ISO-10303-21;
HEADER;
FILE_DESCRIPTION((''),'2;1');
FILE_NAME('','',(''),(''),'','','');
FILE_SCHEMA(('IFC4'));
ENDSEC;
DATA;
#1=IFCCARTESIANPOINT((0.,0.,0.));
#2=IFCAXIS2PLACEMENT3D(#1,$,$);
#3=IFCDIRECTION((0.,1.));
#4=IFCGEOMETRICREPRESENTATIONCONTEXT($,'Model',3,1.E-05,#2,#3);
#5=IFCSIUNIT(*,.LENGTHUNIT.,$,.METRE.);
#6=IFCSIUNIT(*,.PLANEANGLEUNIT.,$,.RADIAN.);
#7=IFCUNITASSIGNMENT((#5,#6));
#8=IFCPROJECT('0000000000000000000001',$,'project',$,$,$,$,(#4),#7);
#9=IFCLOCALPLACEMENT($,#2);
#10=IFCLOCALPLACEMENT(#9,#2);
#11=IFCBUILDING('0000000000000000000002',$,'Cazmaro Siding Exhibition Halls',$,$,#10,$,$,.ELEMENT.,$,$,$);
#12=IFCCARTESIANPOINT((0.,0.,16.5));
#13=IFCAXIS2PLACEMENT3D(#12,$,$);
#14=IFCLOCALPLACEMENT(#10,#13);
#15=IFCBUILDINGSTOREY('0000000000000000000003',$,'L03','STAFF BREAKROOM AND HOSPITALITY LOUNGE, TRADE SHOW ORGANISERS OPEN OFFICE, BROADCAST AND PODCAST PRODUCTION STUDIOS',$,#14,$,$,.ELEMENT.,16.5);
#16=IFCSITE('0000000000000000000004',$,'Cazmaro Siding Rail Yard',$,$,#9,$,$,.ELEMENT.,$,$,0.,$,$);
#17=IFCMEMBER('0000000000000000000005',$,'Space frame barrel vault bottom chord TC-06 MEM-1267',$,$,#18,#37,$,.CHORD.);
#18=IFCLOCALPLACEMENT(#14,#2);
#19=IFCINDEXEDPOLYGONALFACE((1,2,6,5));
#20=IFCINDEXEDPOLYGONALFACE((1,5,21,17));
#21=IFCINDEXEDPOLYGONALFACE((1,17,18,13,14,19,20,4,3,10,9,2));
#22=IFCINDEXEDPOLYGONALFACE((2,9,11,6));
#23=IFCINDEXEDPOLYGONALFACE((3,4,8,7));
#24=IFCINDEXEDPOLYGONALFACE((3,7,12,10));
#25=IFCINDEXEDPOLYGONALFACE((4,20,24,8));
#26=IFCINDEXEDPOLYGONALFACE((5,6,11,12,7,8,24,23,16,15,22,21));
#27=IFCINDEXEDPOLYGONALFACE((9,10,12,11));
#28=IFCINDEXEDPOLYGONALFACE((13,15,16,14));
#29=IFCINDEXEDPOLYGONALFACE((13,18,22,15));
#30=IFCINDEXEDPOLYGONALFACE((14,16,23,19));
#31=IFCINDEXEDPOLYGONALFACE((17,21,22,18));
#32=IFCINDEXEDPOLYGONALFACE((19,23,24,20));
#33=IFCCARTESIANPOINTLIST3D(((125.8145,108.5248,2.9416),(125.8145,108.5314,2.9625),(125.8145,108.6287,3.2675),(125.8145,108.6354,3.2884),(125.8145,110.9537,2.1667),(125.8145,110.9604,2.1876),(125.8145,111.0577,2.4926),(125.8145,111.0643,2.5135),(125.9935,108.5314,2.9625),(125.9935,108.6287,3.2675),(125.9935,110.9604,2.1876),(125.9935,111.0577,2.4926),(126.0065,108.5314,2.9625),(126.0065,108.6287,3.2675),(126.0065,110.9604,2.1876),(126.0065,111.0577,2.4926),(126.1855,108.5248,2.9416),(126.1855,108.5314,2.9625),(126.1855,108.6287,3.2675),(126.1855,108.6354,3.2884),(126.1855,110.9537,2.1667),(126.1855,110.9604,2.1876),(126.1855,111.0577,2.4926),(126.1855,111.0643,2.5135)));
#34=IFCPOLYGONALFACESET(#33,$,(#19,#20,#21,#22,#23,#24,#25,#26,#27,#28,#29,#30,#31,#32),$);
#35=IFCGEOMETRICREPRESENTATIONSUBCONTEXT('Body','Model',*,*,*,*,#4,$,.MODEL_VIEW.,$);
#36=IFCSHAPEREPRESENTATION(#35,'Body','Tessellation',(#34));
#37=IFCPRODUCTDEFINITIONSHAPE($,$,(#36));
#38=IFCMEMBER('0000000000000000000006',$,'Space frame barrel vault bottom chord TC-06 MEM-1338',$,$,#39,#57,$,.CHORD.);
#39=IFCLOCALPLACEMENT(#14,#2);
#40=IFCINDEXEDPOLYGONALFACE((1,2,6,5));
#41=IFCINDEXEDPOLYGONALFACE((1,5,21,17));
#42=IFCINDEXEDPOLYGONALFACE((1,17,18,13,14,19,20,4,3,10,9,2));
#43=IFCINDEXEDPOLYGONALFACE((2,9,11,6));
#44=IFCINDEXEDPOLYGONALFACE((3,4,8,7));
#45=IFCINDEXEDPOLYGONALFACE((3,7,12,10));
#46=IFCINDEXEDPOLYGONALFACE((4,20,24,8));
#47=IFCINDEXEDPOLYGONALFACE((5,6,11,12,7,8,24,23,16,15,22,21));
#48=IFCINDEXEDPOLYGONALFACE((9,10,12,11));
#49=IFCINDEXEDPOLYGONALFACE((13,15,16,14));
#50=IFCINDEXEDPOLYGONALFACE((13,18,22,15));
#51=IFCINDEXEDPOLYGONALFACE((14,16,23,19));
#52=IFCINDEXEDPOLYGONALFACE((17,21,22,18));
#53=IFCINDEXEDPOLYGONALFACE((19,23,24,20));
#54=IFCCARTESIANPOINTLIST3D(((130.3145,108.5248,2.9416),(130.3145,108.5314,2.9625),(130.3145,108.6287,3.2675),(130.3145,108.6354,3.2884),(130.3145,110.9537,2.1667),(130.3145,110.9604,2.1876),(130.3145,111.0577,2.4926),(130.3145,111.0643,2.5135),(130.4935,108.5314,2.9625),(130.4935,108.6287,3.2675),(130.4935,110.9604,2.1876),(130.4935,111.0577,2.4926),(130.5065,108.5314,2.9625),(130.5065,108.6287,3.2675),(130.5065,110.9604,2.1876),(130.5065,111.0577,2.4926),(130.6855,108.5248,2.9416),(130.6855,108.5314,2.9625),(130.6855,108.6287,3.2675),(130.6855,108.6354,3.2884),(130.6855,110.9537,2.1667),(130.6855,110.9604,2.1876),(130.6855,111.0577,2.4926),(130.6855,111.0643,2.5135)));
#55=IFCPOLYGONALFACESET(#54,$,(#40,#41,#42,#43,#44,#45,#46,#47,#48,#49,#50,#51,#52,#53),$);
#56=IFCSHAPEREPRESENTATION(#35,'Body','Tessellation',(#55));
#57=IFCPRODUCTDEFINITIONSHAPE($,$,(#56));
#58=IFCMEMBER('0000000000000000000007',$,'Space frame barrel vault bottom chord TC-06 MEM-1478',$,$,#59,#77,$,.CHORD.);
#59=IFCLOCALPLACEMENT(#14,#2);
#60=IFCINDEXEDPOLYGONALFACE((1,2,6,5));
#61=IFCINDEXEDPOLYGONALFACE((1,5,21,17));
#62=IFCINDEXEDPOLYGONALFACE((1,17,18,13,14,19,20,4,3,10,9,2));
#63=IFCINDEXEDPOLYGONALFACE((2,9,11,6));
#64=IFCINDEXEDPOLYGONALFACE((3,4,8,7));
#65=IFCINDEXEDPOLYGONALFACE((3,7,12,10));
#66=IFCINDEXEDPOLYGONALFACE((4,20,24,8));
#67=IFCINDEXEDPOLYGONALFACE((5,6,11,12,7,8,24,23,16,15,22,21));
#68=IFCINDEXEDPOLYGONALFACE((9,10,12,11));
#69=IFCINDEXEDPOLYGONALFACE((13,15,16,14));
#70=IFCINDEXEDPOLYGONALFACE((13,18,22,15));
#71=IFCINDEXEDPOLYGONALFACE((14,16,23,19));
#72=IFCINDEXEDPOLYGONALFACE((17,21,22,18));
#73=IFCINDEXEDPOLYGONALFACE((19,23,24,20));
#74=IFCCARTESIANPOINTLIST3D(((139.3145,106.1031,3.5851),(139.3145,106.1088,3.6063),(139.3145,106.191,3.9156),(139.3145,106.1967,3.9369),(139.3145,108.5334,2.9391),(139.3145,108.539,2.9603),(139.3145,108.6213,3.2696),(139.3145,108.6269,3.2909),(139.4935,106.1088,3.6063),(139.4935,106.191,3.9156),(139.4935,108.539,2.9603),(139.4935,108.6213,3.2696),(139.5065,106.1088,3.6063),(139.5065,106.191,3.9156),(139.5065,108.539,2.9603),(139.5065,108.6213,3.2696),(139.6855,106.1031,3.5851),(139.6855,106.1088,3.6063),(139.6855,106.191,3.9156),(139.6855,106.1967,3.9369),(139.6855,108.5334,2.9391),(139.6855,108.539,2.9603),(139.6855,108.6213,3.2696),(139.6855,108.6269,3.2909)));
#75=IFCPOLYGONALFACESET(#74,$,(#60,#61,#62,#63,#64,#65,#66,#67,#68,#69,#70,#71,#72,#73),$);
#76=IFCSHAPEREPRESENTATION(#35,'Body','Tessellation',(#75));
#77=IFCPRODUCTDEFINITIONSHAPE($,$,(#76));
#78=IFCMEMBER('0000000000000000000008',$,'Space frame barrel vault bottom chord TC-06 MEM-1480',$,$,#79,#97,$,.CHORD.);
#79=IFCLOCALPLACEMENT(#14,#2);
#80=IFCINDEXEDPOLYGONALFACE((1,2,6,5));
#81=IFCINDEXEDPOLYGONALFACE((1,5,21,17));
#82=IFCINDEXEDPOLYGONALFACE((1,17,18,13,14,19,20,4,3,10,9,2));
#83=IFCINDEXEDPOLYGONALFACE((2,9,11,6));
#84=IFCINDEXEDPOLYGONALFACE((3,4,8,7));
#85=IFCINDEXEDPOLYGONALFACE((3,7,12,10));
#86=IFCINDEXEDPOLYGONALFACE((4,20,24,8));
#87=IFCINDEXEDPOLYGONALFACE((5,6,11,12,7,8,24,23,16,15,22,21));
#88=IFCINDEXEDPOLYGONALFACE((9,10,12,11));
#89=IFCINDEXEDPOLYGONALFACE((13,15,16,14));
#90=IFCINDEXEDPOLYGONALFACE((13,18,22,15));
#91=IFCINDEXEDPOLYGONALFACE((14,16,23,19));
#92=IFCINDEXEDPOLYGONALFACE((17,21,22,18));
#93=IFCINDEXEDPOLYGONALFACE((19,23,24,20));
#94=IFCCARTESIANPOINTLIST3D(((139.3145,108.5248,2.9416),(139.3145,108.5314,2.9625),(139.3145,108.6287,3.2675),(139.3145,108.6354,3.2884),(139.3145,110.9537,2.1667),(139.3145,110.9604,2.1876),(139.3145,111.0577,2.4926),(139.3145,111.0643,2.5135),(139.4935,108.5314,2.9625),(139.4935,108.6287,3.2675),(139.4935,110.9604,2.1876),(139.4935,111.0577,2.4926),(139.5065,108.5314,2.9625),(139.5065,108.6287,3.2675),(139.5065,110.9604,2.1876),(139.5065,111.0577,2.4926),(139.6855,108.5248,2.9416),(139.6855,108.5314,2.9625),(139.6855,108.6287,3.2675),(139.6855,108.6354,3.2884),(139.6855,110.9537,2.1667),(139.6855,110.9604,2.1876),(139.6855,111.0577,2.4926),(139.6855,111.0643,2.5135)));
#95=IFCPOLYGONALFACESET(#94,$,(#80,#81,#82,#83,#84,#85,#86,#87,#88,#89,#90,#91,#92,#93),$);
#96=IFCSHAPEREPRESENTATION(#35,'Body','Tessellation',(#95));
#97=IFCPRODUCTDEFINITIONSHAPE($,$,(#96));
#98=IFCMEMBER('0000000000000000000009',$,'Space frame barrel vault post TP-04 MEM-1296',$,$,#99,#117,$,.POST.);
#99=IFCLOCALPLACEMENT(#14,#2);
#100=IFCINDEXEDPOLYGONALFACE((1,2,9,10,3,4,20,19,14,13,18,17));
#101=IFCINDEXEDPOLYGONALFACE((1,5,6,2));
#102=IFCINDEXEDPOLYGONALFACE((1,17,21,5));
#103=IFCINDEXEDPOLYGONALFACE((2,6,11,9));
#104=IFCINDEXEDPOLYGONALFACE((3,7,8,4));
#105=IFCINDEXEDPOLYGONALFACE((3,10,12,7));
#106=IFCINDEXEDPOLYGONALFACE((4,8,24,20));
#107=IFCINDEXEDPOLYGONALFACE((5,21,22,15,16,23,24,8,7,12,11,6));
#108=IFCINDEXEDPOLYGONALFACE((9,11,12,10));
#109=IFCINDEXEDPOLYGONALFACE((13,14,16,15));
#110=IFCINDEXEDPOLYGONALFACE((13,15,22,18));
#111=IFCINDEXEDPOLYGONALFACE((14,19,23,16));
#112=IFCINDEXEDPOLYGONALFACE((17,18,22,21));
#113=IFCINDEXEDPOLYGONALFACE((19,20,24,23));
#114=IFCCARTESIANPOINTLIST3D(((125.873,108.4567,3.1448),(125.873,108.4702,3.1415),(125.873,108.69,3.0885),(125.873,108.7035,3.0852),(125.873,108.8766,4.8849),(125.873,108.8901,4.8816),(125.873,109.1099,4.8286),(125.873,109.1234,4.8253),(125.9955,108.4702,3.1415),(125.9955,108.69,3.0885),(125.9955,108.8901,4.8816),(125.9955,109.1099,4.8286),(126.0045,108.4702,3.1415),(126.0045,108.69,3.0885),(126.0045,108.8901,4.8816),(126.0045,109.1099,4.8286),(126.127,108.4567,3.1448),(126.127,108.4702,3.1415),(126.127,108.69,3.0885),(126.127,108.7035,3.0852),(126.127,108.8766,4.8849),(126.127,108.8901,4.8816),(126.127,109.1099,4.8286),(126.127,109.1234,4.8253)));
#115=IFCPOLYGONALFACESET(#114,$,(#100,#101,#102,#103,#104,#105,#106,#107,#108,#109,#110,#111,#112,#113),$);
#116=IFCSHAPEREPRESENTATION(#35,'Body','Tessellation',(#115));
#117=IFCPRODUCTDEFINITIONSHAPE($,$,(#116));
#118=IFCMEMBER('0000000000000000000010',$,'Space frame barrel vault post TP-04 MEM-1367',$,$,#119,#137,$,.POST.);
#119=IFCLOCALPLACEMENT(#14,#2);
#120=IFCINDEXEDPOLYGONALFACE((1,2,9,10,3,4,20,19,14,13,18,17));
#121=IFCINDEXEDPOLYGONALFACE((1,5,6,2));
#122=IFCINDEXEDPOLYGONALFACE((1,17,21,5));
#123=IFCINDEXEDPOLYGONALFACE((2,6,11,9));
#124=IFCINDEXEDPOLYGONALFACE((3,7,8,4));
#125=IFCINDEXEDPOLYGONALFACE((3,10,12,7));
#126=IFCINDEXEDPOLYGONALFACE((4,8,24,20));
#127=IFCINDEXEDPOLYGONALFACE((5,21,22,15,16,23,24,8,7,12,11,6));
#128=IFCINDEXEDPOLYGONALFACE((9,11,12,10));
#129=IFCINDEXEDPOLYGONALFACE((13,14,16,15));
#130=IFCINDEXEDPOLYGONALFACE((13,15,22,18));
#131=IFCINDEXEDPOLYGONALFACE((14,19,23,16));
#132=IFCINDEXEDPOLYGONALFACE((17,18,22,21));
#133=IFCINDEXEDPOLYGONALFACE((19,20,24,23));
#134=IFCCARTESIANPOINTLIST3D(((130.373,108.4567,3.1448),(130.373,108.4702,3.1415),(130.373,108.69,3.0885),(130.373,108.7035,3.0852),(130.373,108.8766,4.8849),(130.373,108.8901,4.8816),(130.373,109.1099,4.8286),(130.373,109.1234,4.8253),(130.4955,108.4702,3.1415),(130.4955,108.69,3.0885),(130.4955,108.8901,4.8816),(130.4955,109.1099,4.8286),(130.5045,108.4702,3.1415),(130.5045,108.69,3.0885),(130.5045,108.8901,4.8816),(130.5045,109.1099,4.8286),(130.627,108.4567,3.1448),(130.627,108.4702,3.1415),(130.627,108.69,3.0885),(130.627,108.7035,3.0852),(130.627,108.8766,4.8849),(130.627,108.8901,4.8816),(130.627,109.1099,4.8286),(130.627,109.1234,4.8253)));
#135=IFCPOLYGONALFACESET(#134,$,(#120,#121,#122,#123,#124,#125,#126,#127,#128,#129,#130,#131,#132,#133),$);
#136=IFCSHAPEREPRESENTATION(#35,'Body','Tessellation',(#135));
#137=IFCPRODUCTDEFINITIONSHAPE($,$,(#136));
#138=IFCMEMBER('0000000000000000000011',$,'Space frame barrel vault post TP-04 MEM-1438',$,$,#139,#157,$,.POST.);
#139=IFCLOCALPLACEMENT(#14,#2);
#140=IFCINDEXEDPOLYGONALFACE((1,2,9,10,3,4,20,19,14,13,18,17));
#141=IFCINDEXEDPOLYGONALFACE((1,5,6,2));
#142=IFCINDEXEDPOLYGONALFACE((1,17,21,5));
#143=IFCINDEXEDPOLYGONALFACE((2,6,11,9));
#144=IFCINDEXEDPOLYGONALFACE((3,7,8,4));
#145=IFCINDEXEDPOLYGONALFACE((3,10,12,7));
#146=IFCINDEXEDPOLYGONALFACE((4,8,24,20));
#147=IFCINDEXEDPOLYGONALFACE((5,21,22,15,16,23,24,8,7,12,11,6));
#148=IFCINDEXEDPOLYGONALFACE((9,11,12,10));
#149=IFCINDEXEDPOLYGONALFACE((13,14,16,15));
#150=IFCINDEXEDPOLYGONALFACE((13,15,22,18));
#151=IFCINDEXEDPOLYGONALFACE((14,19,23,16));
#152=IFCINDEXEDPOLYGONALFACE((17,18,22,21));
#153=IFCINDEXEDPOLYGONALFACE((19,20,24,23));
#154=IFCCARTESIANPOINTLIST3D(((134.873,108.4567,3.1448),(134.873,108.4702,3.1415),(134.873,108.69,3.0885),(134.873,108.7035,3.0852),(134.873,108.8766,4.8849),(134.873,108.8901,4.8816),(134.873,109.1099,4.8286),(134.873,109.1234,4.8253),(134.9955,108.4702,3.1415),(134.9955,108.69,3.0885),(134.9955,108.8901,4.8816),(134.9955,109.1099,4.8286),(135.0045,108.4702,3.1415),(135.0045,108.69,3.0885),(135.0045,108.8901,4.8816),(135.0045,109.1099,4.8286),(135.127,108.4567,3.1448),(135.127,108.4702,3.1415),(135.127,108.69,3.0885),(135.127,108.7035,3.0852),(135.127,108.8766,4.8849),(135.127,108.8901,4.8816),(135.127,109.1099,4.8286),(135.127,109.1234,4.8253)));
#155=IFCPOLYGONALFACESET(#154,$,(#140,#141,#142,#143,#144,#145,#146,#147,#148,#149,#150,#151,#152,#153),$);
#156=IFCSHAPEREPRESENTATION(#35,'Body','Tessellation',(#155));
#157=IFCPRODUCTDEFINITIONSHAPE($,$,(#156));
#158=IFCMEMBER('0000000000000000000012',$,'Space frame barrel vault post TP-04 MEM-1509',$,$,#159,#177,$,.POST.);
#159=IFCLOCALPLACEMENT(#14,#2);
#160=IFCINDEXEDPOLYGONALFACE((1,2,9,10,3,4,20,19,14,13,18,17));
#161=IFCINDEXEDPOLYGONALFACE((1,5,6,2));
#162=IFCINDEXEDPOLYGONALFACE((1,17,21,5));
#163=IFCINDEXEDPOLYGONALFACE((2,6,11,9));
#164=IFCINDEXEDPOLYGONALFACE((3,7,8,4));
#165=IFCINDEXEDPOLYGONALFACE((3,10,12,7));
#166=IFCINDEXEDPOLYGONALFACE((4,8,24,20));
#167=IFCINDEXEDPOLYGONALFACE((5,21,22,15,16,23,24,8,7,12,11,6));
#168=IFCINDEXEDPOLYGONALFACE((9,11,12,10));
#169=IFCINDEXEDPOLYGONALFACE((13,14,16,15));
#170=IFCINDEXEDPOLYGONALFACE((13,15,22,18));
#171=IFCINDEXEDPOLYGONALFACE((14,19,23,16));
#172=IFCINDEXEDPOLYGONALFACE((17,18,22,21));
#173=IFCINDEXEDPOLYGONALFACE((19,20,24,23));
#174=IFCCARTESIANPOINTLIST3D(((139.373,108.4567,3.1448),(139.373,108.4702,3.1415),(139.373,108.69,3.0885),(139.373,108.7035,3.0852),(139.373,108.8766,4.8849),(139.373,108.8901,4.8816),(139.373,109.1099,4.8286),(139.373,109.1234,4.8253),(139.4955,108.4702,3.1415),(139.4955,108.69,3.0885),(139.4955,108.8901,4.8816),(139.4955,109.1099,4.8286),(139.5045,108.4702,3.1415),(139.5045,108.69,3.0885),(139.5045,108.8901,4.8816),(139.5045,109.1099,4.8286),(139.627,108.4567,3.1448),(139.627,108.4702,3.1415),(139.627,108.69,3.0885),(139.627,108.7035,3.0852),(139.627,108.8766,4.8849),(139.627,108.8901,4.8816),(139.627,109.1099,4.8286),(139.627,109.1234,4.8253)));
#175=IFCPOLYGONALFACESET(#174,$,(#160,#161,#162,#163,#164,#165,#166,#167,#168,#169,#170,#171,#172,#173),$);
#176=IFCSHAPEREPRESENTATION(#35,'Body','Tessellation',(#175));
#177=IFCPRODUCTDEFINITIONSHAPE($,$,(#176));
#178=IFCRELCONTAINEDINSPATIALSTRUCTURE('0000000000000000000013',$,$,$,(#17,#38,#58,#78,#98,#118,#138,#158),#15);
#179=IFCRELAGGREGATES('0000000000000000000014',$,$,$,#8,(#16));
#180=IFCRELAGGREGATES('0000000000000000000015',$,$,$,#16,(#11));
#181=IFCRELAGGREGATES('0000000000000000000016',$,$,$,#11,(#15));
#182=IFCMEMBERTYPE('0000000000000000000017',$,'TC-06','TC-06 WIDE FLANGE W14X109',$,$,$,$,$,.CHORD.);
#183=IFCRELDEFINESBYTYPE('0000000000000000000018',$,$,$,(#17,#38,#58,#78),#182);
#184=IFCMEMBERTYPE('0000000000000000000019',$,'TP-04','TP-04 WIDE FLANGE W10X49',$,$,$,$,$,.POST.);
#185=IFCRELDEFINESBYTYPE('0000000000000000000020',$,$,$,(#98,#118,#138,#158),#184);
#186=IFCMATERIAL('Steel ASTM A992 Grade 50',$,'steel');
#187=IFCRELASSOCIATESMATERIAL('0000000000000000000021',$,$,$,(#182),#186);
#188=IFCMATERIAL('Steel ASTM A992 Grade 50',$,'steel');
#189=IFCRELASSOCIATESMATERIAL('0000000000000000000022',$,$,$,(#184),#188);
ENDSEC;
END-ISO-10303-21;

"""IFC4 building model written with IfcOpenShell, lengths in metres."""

from ifc_helpers import new_model, si_unit, direction, frame, origin, origin_2d, place, context, subcontext, project, spatial, i_section, extrude, material, material_profile, profile_set, type_object, element, save


model = new_model("IFC4")

# Units and contexts
model_context = context("Model", 3, precision=1e-05, world=origin(), true_north=direction((0.0, 1.0)))
body_context = subcontext(model_context, "Body", "Model", "MODEL_VIEW")
ifc_project = project(units=[si_unit("LENGTHUNIT", "METRE"), si_unit("PLANEANGLEUNIT", "RADIAN")], contexts=[model_context])

# Site, building, storey
site_placement = place(None, origin())
site = spatial("IfcSite", under=ifc_project, at=site_placement, Name="Cazmaro Siding Rail Yard", CompositionType="ELEMENT", RefElevation=0.0)
building_placement = place(site_placement, origin())
building = spatial("IfcBuilding", under=site, at=building_placement, Name="Cazmaro Siding Exhibition Halls", CompositionType="ELEMENT")
storey_placement = place(building_placement, frame((0.0, 0.0, 16.5)))
storey = spatial("IfcBuildingStorey", under=building, at=storey_placement, Name="L03", Description="STAFF BREAKROOM AND HOSPITALITY LOUNGE, TRADE SHOW ORGANISERS OPEN OFFICE, BROADCAST AND PODCAST PRODUCTION STUDIOS", CompositionType="ELEMENT", Elevation=16.5)

# Members
ifc_material_1 = material(Name="Steel ASTM A992 Grade 50", Category="steel")
ifc_material_profile_1 = material_profile(ifc_material_1, i_section(OverallWidth=0.3711, OverallDepth=0.364, WebThickness=0.0129, FlangeThickness=0.022, at=origin_2d()), Name="W14X109")
ifc_profile_set_1 = profile_set([ifc_material_profile_1], Name="Steel ASTM A992 Grade 50")
member_type_1 = type_object("IfcMemberType", Name="TC-06", Description="TC-06 WIDE FLANGE W14X109", PredefinedType="CHORD", material=ifc_profile_set_1)
for number, where, z_axis, x_axis, name in (
    (1, (126.0, 108.5801, 3.115), (0.0, 0.952693, -0.303935), (-1.0, 0.0, 0.0), "Space frame barrel vault bottom chord TC-06 MEM-1267"),
    (2, (130.5, 108.5801, 3.115), (0.0, 0.952693, -0.303935), (-1.0, 0.0, 0.0), "Space frame barrel vault bottom chord TC-06 MEM-1338"),
):
    element("IfcMember", number, at=place(storey_placement, frame(where, z_axis=z_axis, x_axis=x_axis)), inside=storey, type_object=member_type_1, Name=name, PredefinedType="CHORD", context=body_context, shape_type="SweptSolid", body=[
        extrude(i_section(OverallWidth=0.3711, OverallDepth=0.364, WebThickness=0.0129, FlangeThickness=0.022, at=origin_2d()), origin(), (0.0, 0.0, 1.0), 2.5496),
    ])
member_1_placement = place(storey_placement, frame((139.5, 106.1499, 3.761), z_axis=(0.0, 0.966438, -0.256901), x_axis=(-1.0, 0.0, 0.0)))
element("IfcMember", 3, at=member_1_placement, inside=storey, type_object=member_type_1, Name="Space frame barrel vault bottom chord TC-06 MEM-1478", PredefinedType="CHORD", context=body_context, shape_type="SweptSolid", body=[
    extrude(i_section(OverallWidth=0.3711, OverallDepth=0.364, WebThickness=0.0129, FlangeThickness=0.022, at=origin_2d()), origin(), (0.0, 0.0, 1.0), 2.5146),
])
member_2_placement = place(storey_placement, frame((139.5, 108.5801, 3.115), z_axis=(0.0, 0.952693, -0.303935), x_axis=(-1.0, 0.0, 0.0)))
element("IfcMember", 4, at=member_2_placement, inside=storey, type_object=member_type_1, Name="Space frame barrel vault bottom chord TC-06 MEM-1480", PredefinedType="CHORD", context=body_context, shape_type="SweptSolid", body=[
    extrude(i_section(OverallWidth=0.3711, OverallDepth=0.364, WebThickness=0.0129, FlangeThickness=0.022, at=origin_2d()), origin(), (0.0, 0.0, 1.0), 2.5496),
])
ifc_material_2 = material(Name="Steel ASTM A992 Grade 50", Category="steel")
ifc_material_profile_2 = material_profile(ifc_material_2, i_section(OverallWidth=0.2539, OverallDepth=0.2539, WebThickness=0.009, FlangeThickness=0.0139, at=origin_2d()), Name="W10X49")
ifc_profile_set_2 = profile_set([ifc_material_profile_2], Name="Steel ASTM A992 Grade 50")
member_type_2 = type_object("IfcMemberType", Name="TP-04", Description="TP-04 WIDE FLANGE W10X49", PredefinedType="POST", material=ifc_profile_set_2)
for number, where, z_axis, x_axis, name in (
    (5, (126.0, 108.5801, 3.115), (0.0, 0.234601, 0.972092), (-1.0, 0.0, 0.0), "Space frame barrel vault post TP-04 MEM-1296"),
    (6, (130.5, 108.5801, 3.115), (0.0, 0.234601, 0.972092), (-1.0, 0.0, 0.0), "Space frame barrel vault post TP-04 MEM-1367"),
    (7, (135.0, 108.5801, 3.115), (0.0, 0.234601, 0.972092), (-1.0, 0.0, 0.0), "Space frame barrel vault post TP-04 MEM-1438"),
    (8, (139.5, 108.5801, 3.115), (0.0, 0.234601, 0.972092), (-1.0, 0.0, 0.0), "Space frame barrel vault post TP-04 MEM-1509"),
):
    element("IfcMember", number, at=place(storey_placement, frame(where, z_axis=z_axis, x_axis=x_axis)), inside=storey, type_object=member_type_2, Name=name, PredefinedType="POST", context=body_context, shape_type="SweptSolid", body=[
        extrude(i_section(OverallWidth=0.2539, OverallDepth=0.2539, WebThickness=0.009, FlangeThickness=0.0139, at=origin_2d()), origin(), (0.0, 0.0, 1.0), 1.79),
    ])

save(model, "model.ifc")
